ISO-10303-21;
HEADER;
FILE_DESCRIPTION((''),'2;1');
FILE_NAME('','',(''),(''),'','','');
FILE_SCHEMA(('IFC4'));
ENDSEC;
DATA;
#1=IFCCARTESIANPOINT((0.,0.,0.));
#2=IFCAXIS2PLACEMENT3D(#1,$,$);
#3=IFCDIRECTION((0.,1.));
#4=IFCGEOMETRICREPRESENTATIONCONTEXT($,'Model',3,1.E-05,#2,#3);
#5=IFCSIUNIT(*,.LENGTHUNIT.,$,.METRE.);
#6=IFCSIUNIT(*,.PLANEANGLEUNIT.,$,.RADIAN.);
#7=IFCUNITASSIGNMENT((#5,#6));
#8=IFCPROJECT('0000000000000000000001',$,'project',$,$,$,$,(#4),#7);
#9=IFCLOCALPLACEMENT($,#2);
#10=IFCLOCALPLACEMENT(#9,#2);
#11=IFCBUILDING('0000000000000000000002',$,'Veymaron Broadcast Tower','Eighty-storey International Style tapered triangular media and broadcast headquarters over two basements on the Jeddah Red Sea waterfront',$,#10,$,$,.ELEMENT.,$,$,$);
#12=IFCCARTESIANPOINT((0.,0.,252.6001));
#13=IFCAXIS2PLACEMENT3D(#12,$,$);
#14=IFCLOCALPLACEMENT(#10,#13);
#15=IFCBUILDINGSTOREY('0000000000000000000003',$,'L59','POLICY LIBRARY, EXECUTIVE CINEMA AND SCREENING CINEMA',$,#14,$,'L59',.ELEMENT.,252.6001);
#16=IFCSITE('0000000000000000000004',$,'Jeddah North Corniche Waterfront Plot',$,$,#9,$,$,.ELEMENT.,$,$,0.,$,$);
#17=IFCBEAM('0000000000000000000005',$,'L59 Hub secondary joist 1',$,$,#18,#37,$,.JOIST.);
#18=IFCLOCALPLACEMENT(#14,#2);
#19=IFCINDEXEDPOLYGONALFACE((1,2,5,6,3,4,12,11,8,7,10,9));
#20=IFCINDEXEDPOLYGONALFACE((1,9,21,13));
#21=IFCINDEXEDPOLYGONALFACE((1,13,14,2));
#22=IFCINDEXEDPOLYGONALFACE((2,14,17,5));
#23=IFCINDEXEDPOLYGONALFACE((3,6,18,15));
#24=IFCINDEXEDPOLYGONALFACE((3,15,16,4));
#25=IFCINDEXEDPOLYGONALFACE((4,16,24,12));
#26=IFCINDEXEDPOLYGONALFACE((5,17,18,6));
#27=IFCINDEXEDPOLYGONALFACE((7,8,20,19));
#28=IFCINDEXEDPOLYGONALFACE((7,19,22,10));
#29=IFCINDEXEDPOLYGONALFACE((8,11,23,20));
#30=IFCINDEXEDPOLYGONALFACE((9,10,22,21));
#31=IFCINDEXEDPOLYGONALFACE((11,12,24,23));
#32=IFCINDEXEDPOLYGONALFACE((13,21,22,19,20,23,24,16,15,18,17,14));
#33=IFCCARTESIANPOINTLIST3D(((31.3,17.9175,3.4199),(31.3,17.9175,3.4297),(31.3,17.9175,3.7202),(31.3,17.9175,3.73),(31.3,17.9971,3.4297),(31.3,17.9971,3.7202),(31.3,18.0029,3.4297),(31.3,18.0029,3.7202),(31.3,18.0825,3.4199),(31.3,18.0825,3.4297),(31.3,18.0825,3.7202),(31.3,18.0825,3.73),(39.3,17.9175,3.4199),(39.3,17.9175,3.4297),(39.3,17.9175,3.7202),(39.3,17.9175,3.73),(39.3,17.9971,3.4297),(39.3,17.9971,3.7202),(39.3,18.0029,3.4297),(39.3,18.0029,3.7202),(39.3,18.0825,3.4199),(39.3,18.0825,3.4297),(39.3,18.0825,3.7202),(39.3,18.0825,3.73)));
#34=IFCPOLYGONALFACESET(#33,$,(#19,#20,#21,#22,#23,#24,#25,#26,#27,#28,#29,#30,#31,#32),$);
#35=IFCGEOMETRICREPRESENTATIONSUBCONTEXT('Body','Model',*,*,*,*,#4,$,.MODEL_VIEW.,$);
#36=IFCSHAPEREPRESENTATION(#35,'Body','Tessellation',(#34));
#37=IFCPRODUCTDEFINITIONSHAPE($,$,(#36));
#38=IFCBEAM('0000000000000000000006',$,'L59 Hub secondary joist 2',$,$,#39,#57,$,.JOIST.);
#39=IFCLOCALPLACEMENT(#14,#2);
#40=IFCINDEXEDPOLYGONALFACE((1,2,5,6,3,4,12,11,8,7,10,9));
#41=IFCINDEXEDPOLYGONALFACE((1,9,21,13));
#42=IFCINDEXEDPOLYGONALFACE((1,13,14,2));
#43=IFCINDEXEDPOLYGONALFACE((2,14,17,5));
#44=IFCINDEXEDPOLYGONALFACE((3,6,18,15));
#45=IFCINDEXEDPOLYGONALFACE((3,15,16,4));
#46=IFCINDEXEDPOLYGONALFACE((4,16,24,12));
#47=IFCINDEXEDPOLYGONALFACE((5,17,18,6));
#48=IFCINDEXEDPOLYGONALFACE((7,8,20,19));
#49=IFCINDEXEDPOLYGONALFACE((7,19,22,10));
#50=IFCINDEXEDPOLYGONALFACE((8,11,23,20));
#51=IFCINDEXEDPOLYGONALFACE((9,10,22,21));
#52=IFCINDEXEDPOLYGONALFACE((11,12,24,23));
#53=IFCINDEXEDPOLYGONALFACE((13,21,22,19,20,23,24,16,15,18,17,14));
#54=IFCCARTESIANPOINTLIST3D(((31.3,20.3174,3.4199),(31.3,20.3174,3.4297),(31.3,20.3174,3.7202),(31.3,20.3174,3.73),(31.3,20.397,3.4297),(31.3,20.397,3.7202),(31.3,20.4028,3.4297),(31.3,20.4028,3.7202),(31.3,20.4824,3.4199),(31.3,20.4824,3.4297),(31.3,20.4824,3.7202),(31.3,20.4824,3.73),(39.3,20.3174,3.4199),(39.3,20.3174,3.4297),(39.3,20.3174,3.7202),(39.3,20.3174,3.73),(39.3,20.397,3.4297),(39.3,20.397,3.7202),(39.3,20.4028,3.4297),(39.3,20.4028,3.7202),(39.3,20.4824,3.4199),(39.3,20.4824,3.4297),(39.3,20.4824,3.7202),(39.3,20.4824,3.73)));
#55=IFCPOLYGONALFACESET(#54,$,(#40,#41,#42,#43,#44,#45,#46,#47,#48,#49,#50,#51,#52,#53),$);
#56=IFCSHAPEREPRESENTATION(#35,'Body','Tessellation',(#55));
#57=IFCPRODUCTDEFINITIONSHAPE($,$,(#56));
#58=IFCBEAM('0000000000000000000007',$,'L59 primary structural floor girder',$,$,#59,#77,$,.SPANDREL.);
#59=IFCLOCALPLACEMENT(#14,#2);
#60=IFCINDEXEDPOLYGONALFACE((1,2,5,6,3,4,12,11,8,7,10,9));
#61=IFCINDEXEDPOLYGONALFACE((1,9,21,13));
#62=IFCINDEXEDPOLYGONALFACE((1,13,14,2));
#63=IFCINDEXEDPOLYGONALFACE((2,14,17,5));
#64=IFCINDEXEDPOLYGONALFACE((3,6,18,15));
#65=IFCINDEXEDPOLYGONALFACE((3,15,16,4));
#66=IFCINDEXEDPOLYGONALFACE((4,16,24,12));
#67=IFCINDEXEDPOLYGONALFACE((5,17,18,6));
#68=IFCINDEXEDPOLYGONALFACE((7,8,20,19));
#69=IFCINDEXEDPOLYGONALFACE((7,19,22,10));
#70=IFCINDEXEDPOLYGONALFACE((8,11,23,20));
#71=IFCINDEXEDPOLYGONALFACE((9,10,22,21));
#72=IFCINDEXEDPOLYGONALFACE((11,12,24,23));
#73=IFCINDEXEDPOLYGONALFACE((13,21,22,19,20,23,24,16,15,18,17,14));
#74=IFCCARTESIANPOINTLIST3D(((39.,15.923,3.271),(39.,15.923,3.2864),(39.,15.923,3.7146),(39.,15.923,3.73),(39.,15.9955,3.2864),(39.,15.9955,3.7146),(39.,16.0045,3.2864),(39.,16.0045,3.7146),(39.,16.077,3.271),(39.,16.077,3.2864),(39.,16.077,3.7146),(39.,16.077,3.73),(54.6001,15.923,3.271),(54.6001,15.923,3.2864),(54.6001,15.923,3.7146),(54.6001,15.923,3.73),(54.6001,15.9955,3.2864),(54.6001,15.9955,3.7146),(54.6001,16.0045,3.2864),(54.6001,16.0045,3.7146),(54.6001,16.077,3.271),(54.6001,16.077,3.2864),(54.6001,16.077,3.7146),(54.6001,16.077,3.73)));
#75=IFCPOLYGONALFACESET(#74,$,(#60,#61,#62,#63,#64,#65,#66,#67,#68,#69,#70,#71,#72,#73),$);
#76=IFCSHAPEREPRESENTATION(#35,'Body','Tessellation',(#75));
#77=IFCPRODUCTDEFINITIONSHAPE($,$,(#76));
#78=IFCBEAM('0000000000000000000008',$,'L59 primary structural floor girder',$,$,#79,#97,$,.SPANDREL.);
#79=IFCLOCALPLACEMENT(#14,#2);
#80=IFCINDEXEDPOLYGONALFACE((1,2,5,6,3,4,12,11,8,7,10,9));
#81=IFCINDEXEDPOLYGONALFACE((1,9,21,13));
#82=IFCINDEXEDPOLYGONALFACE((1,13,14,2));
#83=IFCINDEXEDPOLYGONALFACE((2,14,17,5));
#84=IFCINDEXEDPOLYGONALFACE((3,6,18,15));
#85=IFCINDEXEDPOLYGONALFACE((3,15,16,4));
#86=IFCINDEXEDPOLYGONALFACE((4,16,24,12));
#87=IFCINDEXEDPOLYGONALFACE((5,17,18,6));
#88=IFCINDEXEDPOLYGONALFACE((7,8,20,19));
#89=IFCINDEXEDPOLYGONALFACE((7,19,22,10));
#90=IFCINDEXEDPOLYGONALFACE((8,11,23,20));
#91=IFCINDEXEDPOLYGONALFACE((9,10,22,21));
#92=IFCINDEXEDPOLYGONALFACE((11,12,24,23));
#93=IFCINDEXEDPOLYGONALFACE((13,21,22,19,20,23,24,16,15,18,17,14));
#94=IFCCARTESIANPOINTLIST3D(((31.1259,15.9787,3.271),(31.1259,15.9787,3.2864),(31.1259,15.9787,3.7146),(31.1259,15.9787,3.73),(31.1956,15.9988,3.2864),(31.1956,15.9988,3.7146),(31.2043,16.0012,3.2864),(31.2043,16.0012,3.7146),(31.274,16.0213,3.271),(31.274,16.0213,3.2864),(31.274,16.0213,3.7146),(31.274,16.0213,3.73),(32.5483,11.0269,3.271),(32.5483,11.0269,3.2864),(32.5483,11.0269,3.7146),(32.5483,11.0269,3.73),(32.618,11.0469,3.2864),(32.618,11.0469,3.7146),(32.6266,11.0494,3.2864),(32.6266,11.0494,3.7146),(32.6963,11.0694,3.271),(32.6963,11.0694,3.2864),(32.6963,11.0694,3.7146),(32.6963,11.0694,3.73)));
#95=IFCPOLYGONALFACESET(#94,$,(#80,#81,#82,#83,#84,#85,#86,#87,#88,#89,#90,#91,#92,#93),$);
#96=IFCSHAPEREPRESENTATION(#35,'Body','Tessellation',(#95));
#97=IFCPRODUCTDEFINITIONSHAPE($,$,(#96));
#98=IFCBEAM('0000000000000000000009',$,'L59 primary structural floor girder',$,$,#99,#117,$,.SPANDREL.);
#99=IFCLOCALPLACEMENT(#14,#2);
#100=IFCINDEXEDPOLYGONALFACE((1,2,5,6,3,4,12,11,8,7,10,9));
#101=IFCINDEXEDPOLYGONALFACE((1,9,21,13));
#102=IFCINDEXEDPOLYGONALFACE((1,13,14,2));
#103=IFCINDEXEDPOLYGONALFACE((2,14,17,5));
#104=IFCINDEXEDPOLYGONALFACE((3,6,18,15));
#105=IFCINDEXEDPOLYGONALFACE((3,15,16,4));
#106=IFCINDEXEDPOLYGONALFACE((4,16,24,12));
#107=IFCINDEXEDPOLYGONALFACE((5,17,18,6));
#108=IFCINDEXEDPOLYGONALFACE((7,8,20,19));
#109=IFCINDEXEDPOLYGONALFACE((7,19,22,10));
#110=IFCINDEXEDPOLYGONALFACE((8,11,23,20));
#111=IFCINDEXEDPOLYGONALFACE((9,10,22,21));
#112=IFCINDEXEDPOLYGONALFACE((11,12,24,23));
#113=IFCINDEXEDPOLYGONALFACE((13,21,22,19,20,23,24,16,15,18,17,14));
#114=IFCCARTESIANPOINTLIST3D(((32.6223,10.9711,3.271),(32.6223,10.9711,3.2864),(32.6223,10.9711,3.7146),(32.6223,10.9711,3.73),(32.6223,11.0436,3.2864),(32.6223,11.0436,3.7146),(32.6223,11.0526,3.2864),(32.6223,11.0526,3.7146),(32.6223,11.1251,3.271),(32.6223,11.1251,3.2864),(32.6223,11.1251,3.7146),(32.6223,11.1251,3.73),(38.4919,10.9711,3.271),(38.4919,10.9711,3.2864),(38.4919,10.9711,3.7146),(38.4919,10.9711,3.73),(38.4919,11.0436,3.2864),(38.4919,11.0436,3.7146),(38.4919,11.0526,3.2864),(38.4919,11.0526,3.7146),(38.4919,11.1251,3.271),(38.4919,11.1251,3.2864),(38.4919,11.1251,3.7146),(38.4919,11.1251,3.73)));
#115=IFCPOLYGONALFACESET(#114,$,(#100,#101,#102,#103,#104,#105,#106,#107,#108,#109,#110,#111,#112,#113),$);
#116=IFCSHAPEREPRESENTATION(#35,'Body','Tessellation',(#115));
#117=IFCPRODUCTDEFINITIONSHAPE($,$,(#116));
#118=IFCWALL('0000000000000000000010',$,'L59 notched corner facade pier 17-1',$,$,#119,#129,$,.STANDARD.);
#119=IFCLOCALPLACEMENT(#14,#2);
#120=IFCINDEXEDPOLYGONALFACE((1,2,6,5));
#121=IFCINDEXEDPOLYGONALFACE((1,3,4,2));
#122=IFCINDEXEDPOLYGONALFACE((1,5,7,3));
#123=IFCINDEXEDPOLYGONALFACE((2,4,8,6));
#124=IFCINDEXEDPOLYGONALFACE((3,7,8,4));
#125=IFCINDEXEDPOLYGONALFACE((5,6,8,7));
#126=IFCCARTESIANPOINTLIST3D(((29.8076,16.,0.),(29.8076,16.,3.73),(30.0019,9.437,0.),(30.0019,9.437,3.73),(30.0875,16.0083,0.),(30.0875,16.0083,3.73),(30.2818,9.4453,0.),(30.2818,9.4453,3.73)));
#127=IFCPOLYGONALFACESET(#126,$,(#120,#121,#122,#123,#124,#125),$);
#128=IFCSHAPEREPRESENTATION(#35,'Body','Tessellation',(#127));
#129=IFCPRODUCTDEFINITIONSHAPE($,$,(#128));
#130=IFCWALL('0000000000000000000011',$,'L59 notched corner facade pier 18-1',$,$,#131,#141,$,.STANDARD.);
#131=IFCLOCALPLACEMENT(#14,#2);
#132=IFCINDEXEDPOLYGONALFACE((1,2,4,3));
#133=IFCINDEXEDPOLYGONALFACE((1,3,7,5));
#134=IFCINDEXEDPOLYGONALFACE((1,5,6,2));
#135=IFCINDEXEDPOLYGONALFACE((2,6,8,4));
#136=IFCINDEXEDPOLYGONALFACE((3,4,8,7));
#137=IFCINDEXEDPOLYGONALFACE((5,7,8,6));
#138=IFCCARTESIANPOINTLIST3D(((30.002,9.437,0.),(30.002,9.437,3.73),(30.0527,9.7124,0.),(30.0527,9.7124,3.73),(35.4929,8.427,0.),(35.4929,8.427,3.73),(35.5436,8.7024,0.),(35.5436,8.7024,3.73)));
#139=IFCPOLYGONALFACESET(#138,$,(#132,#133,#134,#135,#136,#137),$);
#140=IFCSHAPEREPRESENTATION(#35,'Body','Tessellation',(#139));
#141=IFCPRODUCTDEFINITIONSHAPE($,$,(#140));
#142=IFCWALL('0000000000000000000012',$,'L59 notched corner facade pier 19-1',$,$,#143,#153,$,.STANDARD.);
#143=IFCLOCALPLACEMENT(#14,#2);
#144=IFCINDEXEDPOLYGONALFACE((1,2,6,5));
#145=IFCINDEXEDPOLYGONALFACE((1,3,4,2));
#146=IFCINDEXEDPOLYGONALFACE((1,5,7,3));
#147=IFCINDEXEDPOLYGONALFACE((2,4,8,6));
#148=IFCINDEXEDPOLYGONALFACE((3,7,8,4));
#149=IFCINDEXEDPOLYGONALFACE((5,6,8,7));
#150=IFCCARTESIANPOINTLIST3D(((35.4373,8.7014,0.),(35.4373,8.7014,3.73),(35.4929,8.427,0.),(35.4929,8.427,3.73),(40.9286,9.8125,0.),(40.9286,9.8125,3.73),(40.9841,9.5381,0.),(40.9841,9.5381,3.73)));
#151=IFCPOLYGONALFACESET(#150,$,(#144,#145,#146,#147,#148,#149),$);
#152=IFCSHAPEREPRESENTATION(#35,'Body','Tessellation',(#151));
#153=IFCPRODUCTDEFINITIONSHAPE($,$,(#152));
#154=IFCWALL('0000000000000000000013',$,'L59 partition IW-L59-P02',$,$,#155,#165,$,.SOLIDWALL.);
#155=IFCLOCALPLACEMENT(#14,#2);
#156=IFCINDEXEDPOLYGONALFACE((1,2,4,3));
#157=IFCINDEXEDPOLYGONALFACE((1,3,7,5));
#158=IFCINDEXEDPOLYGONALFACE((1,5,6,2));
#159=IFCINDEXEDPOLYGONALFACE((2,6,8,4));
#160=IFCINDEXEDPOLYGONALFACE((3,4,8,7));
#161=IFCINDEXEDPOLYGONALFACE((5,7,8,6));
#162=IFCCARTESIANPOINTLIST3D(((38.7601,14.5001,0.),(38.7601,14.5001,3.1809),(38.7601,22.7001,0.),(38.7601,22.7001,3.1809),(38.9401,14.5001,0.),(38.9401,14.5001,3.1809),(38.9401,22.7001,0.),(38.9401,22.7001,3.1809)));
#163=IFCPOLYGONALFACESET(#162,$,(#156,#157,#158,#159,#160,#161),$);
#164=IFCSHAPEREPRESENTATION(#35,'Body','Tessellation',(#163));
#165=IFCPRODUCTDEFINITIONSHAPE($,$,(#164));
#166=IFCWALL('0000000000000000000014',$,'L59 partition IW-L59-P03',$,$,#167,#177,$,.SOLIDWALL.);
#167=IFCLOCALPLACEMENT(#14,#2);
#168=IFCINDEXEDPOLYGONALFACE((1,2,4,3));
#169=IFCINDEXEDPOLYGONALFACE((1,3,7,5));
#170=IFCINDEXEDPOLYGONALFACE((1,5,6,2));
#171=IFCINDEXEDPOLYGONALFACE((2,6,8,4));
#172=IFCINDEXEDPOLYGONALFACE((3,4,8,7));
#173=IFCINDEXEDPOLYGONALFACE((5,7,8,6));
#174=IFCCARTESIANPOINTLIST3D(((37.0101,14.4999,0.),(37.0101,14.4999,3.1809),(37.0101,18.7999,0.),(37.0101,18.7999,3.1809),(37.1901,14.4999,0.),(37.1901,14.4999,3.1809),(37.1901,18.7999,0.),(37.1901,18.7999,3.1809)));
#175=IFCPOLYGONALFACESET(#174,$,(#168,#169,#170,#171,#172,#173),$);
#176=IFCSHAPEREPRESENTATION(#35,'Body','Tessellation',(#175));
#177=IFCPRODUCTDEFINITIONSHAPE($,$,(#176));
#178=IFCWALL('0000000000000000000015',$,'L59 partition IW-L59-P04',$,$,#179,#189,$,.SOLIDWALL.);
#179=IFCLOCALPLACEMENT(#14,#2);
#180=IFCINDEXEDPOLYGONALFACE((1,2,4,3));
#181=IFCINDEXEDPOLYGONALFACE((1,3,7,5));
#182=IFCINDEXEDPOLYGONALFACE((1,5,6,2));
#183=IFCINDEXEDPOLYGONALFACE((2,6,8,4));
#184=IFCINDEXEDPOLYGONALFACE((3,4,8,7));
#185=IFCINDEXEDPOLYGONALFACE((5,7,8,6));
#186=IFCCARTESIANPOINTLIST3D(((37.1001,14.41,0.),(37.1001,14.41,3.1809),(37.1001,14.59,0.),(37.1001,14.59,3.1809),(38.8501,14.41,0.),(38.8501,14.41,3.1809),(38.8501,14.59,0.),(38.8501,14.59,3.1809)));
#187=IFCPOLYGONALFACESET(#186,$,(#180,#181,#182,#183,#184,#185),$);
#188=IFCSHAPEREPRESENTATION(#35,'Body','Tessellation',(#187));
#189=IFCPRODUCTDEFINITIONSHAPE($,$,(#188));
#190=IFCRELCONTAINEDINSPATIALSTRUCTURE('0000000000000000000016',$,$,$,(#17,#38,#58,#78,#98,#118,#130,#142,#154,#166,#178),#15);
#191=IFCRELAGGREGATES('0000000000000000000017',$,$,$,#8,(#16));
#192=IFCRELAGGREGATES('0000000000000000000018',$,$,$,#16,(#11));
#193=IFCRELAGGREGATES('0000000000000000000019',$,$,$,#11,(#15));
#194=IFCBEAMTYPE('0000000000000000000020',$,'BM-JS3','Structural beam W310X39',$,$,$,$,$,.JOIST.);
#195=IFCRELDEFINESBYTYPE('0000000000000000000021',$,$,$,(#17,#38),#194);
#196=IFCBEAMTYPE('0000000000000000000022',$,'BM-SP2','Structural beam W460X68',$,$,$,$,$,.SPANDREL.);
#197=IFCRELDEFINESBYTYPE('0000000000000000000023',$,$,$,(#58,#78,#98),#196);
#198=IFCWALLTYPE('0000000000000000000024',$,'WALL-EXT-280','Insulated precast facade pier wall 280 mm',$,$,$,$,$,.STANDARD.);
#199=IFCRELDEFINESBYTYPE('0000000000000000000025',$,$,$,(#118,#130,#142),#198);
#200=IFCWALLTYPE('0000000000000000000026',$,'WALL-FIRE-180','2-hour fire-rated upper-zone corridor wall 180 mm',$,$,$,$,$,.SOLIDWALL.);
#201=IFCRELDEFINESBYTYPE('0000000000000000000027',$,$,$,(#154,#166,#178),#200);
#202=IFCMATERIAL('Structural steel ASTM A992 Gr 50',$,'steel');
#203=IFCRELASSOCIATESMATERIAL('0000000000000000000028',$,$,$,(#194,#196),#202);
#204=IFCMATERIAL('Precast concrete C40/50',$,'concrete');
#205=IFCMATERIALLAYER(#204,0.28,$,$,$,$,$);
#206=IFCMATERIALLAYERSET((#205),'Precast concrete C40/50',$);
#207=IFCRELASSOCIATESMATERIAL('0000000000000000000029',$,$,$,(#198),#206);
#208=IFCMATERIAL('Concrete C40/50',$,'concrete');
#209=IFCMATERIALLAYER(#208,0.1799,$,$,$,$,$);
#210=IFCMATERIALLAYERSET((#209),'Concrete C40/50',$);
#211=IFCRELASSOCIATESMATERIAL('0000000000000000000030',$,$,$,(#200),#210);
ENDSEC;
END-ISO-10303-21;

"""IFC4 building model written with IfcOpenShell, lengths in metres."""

from ifc_helpers import new_model, si_unit, direction, frame, frame_2d, origin, origin_2d, place, context, subcontext, project, spatial, rectangle, i_section, extrude, material, layer, layer_set, material_profile, profile_set, type_object, element, save


model = new_model("IFC4")

# Units and contexts
model_context = context("Model", 3, precision=1e-05, world=origin(), true_north=direction((0.0, 1.0)))
body_context = subcontext(model_context, "Body", "Model", "MODEL_VIEW")
ifc_project = project(units=[si_unit("LENGTHUNIT", "METRE"), si_unit("PLANEANGLEUNIT", "RADIAN")], contexts=[model_context])

# Site, building, storey
site_placement = place(None, origin())
site = spatial("IfcSite", under=ifc_project, at=site_placement, Name="Jeddah North Corniche Waterfront Plot", CompositionType="ELEMENT", RefElevation=0.0)
building_placement = place(site_placement, origin())
building = spatial("IfcBuilding", under=site, at=building_placement, Name="Veymaron Broadcast Tower", Description="Eighty-storey International Style tapered triangular media and broadcast headquarters over two basements on the Jeddah Red Sea waterfront", CompositionType="ELEMENT")
storey_placement = place(building_placement, frame((0.0, 0.0, 252.6001)))
storey = spatial("IfcBuildingStorey", under=building, at=storey_placement, Name="L59", Description="POLICY LIBRARY, EXECUTIVE CINEMA AND SCREENING CINEMA", LongName="L59", CompositionType="ELEMENT", Elevation=252.6001)

# Shared definitions
ifc_material_1 = material(Name="Structural steel ASTM A992 Gr 50", Category="steel")

# Beams
ifc_material_profile_1 = material_profile(ifc_material_1, i_section(OverallWidth=0.165, OverallDepth=0.3101, WebThickness=0.0059, FlangeThickness=0.0098, at=origin_2d()), Name="W310X39")
ifc_profile_set_1 = profile_set([ifc_material_profile_1], Name="Structural steel ASTM A992 Gr 50")
beam_type_1 = type_object("IfcBeamType", Name="BM-JS3", Description="Structural beam W310X39", PredefinedType="JOIST", material=ifc_profile_set_1)
for number, where, z_axis, x_axis, name in (
    (1, (31.3, 18.0, 3.575), (1.0, 0.0, 0.0), (0.0, 1.0, 0.0), "L59 Hub secondary joist 1"),
    (2, (31.3, 20.3999, 3.575), (1.0, 0.0, 0.0), (0.0, 1.0, 0.0), "L59 Hub secondary joist 2"),
):
    element("IfcBeam", number, at=place(storey_placement, frame(where, z_axis=z_axis, x_axis=x_axis)), inside=storey, type_object=beam_type_1, Name=name, PredefinedType="JOIST", context=body_context, shape_type="SweptSolid", body=[
        extrude(i_section(OverallWidth=0.165, OverallDepth=0.3101, WebThickness=0.0059, FlangeThickness=0.0098, at=origin_2d()), origin(), (0.0, 0.0, 1.0), 8.0),
    ])
ifc_material_profile_2 = material_profile(ifc_material_1, i_section(OverallWidth=0.1541, OverallDepth=0.459, WebThickness=0.009, FlangeThickness=0.0154, at=origin_2d()), Name="W460X68")
ifc_profile_set_2 = profile_set([ifc_material_profile_2], Name="Structural steel ASTM A992 Gr 50")
beam_type_2 = type_object("IfcBeamType", Name="BM-SP2", Description="Structural beam W460X68", PredefinedType="SPANDREL", material=ifc_profile_set_2)
beam_1_placement = place(storey_placement, frame((39.0, 16.0, 3.5005), z_axis=(1.0, 0.0, 0.0), x_axis=(0.0, 1.0, 0.0)))
element("IfcBeam", 3, at=beam_1_placement, inside=storey, type_object=beam_type_2, Name="L59 primary structural floor girder", PredefinedType="SPANDREL", context=body_context, shape_type="SweptSolid", body=[
    extrude(i_section(OverallWidth=0.1541, OverallDepth=0.459, WebThickness=0.009, FlangeThickness=0.0154, at=origin_2d()), origin(), (0.0, 0.0, 1.0), 15.6001),
])
beam_2_placement = place(storey_placement, frame((31.2, 16.0, 3.5005), z_axis=(0.276073, -0.961137, 0.0), x_axis=(0.961137, 0.276073, 0.0)))
element("IfcBeam", 4, at=beam_2_placement, inside=storey, type_object=beam_type_2, Name="L59 primary structural floor girder", PredefinedType="SPANDREL", context=body_context, shape_type="SweptSolid", body=[
    extrude(i_section(OverallWidth=0.1541, OverallDepth=0.459, WebThickness=0.009, FlangeThickness=0.0154, at=origin_2d()), origin(), (0.0, 0.0, 1.0), 5.1521),
])
beam_3_placement = place(storey_placement, frame((32.6223, 11.0481, 3.5005), z_axis=(1.0, 0.0, 0.0), x_axis=(0.0, 1.0, 0.0)))
element("IfcBeam", 5, at=beam_3_placement, inside=storey, type_object=beam_type_2, Name="L59 primary structural floor girder", PredefinedType="SPANDREL", context=body_context, shape_type="SweptSolid", body=[
    extrude(i_section(OverallWidth=0.1541, OverallDepth=0.459, WebThickness=0.009, FlangeThickness=0.0154, at=origin_2d()), origin(), (0.0, 0.0, 1.0), 5.8696),
])

# Walls
ifc_material_2 = material(Name="Precast concrete C40/50", Category="concrete")
ifc_layer_1 = layer(ifc_material_2, 0.28)
ifc_layer_set_1 = layer_set([ifc_layer_1], Name="Precast concrete C40/50")
wall_type_1 = type_object("IfcWallType", Name="WALL-EXT-280", Description="Insulated precast facade pier wall 280 mm", PredefinedType="STANDARD", material=ifc_layer_set_1)
wall_1_placement = place(storey_placement, frame((29.9475, 16.0042, 0.0), z_axis=(0.0, 0.0, 1.0), x_axis=(0.029598, -0.999562, 0.0)))
element("IfcWall", 6, at=wall_1_placement, inside=storey, type_object=wall_type_1, Name="L59 notched corner facade pier 17-1", PredefinedType="STANDARD", context=body_context, shape_type="SweptSolid", body=[
    extrude(rectangle(XDim=6.5659, YDim=0.28, at=frame_2d((3.283, 0.0))), origin(), (0.0, 0.0, 1.0), 3.73),
])
wall_2_placement = place(storey_placement, frame((30.0273, 9.5747, 0.0), z_axis=(0.0, 0.0, 1.0), x_axis=(0.983501, -0.180905, 0.0)))
element("IfcWall", 7, at=wall_2_placement, inside=storey, type_object=wall_type_1, Name="L59 notched corner facade pier 18-1", PredefinedType="STANDARD", context=body_context, shape_type="SweptSolid", body=[
    extrude(rectangle(XDim=5.583, YDim=0.28, at=frame_2d((2.7915, 0.0))), origin(), (0.0, 0.0, 1.0), 3.73),
])
wall_3_placement = place(storey_placement, frame((35.4651, 8.5642, 0.0), z_axis=(0.0, 0.0, 1.0), x_axis=(0.980137, 0.19832, 0.0)))
element("IfcWall", 8, at=wall_3_placement, inside=storey, type_object=wall_type_1, Name="L59 notched corner facade pier 19-1", PredefinedType="STANDARD", context=body_context, shape_type="SweptSolid", body=[
    extrude(rectangle(XDim=5.6025, YDim=0.28, at=frame_2d((2.8013, 0.0))), origin(), (0.0, 0.0, 1.0), 3.73),
])
ifc_material_3 = material(Name="Concrete C40/50", Category="concrete")
ifc_layer_2 = layer(ifc_material_3, 0.1799)
ifc_layer_set_2 = layer_set([ifc_layer_2], Name="Concrete C40/50")
wall_type_2 = type_object("IfcWallType", Name="WALL-FIRE-180", Description="2-hour fire-rated upper-zone corridor wall 180 mm", PredefinedType="SOLIDWALL", material=ifc_layer_set_2)
wall_4_placement = place(storey_placement, frame((38.8501, 14.5, 0.0), z_axis=(0.0, 0.0, 1.0), x_axis=(0.0, 1.0, 0.0)))
element("IfcWall", 9, at=wall_4_placement, inside=storey, type_object=wall_type_2, Name="L59 partition IW-L59-P02", PredefinedType="SOLIDWALL", context=body_context, shape_type="SweptSolid", body=[
    extrude(rectangle(XDim=8.2, YDim=0.1799, at=frame_2d((4.1001, 0.0))), origin(), (0.0, 0.0, 1.0), 3.1809),
])
wall_5_placement = place(storey_placement, frame((37.1001, 14.5, 0.0), z_axis=(0.0, 0.0, 1.0), x_axis=(0.0, 1.0, 0.0)))
element("IfcWall", 10, at=wall_5_placement, inside=storey, type_object=wall_type_2, Name="L59 partition IW-L59-P03", PredefinedType="SOLIDWALL", context=body_context, shape_type="SweptSolid", body=[
    extrude(rectangle(XDim=4.3, YDim=0.1799, at=frame_2d((2.1499, 0.0))), origin(), (0.0, 0.0, 1.0), 3.1809),
])
wall_6_placement = place(storey_placement, frame((37.1001, 14.5, 0.0), z_axis=(0.0, 0.0, 1.0), x_axis=(1.0, 0.0, 0.0)))
element("IfcWall", 11, at=wall_6_placement, inside=storey, type_object=wall_type_2, Name="L59 partition IW-L59-P04", PredefinedType="SOLIDWALL", context=body_context, shape_type="SweptSolid", body=[
    extrude(rectangle(XDim=1.75, YDim=0.1799, at=frame_2d((0.875, 0.0))), origin(), (0.0, 0.0, 1.0), 3.1809),
])

save(model, "model.ifc")
